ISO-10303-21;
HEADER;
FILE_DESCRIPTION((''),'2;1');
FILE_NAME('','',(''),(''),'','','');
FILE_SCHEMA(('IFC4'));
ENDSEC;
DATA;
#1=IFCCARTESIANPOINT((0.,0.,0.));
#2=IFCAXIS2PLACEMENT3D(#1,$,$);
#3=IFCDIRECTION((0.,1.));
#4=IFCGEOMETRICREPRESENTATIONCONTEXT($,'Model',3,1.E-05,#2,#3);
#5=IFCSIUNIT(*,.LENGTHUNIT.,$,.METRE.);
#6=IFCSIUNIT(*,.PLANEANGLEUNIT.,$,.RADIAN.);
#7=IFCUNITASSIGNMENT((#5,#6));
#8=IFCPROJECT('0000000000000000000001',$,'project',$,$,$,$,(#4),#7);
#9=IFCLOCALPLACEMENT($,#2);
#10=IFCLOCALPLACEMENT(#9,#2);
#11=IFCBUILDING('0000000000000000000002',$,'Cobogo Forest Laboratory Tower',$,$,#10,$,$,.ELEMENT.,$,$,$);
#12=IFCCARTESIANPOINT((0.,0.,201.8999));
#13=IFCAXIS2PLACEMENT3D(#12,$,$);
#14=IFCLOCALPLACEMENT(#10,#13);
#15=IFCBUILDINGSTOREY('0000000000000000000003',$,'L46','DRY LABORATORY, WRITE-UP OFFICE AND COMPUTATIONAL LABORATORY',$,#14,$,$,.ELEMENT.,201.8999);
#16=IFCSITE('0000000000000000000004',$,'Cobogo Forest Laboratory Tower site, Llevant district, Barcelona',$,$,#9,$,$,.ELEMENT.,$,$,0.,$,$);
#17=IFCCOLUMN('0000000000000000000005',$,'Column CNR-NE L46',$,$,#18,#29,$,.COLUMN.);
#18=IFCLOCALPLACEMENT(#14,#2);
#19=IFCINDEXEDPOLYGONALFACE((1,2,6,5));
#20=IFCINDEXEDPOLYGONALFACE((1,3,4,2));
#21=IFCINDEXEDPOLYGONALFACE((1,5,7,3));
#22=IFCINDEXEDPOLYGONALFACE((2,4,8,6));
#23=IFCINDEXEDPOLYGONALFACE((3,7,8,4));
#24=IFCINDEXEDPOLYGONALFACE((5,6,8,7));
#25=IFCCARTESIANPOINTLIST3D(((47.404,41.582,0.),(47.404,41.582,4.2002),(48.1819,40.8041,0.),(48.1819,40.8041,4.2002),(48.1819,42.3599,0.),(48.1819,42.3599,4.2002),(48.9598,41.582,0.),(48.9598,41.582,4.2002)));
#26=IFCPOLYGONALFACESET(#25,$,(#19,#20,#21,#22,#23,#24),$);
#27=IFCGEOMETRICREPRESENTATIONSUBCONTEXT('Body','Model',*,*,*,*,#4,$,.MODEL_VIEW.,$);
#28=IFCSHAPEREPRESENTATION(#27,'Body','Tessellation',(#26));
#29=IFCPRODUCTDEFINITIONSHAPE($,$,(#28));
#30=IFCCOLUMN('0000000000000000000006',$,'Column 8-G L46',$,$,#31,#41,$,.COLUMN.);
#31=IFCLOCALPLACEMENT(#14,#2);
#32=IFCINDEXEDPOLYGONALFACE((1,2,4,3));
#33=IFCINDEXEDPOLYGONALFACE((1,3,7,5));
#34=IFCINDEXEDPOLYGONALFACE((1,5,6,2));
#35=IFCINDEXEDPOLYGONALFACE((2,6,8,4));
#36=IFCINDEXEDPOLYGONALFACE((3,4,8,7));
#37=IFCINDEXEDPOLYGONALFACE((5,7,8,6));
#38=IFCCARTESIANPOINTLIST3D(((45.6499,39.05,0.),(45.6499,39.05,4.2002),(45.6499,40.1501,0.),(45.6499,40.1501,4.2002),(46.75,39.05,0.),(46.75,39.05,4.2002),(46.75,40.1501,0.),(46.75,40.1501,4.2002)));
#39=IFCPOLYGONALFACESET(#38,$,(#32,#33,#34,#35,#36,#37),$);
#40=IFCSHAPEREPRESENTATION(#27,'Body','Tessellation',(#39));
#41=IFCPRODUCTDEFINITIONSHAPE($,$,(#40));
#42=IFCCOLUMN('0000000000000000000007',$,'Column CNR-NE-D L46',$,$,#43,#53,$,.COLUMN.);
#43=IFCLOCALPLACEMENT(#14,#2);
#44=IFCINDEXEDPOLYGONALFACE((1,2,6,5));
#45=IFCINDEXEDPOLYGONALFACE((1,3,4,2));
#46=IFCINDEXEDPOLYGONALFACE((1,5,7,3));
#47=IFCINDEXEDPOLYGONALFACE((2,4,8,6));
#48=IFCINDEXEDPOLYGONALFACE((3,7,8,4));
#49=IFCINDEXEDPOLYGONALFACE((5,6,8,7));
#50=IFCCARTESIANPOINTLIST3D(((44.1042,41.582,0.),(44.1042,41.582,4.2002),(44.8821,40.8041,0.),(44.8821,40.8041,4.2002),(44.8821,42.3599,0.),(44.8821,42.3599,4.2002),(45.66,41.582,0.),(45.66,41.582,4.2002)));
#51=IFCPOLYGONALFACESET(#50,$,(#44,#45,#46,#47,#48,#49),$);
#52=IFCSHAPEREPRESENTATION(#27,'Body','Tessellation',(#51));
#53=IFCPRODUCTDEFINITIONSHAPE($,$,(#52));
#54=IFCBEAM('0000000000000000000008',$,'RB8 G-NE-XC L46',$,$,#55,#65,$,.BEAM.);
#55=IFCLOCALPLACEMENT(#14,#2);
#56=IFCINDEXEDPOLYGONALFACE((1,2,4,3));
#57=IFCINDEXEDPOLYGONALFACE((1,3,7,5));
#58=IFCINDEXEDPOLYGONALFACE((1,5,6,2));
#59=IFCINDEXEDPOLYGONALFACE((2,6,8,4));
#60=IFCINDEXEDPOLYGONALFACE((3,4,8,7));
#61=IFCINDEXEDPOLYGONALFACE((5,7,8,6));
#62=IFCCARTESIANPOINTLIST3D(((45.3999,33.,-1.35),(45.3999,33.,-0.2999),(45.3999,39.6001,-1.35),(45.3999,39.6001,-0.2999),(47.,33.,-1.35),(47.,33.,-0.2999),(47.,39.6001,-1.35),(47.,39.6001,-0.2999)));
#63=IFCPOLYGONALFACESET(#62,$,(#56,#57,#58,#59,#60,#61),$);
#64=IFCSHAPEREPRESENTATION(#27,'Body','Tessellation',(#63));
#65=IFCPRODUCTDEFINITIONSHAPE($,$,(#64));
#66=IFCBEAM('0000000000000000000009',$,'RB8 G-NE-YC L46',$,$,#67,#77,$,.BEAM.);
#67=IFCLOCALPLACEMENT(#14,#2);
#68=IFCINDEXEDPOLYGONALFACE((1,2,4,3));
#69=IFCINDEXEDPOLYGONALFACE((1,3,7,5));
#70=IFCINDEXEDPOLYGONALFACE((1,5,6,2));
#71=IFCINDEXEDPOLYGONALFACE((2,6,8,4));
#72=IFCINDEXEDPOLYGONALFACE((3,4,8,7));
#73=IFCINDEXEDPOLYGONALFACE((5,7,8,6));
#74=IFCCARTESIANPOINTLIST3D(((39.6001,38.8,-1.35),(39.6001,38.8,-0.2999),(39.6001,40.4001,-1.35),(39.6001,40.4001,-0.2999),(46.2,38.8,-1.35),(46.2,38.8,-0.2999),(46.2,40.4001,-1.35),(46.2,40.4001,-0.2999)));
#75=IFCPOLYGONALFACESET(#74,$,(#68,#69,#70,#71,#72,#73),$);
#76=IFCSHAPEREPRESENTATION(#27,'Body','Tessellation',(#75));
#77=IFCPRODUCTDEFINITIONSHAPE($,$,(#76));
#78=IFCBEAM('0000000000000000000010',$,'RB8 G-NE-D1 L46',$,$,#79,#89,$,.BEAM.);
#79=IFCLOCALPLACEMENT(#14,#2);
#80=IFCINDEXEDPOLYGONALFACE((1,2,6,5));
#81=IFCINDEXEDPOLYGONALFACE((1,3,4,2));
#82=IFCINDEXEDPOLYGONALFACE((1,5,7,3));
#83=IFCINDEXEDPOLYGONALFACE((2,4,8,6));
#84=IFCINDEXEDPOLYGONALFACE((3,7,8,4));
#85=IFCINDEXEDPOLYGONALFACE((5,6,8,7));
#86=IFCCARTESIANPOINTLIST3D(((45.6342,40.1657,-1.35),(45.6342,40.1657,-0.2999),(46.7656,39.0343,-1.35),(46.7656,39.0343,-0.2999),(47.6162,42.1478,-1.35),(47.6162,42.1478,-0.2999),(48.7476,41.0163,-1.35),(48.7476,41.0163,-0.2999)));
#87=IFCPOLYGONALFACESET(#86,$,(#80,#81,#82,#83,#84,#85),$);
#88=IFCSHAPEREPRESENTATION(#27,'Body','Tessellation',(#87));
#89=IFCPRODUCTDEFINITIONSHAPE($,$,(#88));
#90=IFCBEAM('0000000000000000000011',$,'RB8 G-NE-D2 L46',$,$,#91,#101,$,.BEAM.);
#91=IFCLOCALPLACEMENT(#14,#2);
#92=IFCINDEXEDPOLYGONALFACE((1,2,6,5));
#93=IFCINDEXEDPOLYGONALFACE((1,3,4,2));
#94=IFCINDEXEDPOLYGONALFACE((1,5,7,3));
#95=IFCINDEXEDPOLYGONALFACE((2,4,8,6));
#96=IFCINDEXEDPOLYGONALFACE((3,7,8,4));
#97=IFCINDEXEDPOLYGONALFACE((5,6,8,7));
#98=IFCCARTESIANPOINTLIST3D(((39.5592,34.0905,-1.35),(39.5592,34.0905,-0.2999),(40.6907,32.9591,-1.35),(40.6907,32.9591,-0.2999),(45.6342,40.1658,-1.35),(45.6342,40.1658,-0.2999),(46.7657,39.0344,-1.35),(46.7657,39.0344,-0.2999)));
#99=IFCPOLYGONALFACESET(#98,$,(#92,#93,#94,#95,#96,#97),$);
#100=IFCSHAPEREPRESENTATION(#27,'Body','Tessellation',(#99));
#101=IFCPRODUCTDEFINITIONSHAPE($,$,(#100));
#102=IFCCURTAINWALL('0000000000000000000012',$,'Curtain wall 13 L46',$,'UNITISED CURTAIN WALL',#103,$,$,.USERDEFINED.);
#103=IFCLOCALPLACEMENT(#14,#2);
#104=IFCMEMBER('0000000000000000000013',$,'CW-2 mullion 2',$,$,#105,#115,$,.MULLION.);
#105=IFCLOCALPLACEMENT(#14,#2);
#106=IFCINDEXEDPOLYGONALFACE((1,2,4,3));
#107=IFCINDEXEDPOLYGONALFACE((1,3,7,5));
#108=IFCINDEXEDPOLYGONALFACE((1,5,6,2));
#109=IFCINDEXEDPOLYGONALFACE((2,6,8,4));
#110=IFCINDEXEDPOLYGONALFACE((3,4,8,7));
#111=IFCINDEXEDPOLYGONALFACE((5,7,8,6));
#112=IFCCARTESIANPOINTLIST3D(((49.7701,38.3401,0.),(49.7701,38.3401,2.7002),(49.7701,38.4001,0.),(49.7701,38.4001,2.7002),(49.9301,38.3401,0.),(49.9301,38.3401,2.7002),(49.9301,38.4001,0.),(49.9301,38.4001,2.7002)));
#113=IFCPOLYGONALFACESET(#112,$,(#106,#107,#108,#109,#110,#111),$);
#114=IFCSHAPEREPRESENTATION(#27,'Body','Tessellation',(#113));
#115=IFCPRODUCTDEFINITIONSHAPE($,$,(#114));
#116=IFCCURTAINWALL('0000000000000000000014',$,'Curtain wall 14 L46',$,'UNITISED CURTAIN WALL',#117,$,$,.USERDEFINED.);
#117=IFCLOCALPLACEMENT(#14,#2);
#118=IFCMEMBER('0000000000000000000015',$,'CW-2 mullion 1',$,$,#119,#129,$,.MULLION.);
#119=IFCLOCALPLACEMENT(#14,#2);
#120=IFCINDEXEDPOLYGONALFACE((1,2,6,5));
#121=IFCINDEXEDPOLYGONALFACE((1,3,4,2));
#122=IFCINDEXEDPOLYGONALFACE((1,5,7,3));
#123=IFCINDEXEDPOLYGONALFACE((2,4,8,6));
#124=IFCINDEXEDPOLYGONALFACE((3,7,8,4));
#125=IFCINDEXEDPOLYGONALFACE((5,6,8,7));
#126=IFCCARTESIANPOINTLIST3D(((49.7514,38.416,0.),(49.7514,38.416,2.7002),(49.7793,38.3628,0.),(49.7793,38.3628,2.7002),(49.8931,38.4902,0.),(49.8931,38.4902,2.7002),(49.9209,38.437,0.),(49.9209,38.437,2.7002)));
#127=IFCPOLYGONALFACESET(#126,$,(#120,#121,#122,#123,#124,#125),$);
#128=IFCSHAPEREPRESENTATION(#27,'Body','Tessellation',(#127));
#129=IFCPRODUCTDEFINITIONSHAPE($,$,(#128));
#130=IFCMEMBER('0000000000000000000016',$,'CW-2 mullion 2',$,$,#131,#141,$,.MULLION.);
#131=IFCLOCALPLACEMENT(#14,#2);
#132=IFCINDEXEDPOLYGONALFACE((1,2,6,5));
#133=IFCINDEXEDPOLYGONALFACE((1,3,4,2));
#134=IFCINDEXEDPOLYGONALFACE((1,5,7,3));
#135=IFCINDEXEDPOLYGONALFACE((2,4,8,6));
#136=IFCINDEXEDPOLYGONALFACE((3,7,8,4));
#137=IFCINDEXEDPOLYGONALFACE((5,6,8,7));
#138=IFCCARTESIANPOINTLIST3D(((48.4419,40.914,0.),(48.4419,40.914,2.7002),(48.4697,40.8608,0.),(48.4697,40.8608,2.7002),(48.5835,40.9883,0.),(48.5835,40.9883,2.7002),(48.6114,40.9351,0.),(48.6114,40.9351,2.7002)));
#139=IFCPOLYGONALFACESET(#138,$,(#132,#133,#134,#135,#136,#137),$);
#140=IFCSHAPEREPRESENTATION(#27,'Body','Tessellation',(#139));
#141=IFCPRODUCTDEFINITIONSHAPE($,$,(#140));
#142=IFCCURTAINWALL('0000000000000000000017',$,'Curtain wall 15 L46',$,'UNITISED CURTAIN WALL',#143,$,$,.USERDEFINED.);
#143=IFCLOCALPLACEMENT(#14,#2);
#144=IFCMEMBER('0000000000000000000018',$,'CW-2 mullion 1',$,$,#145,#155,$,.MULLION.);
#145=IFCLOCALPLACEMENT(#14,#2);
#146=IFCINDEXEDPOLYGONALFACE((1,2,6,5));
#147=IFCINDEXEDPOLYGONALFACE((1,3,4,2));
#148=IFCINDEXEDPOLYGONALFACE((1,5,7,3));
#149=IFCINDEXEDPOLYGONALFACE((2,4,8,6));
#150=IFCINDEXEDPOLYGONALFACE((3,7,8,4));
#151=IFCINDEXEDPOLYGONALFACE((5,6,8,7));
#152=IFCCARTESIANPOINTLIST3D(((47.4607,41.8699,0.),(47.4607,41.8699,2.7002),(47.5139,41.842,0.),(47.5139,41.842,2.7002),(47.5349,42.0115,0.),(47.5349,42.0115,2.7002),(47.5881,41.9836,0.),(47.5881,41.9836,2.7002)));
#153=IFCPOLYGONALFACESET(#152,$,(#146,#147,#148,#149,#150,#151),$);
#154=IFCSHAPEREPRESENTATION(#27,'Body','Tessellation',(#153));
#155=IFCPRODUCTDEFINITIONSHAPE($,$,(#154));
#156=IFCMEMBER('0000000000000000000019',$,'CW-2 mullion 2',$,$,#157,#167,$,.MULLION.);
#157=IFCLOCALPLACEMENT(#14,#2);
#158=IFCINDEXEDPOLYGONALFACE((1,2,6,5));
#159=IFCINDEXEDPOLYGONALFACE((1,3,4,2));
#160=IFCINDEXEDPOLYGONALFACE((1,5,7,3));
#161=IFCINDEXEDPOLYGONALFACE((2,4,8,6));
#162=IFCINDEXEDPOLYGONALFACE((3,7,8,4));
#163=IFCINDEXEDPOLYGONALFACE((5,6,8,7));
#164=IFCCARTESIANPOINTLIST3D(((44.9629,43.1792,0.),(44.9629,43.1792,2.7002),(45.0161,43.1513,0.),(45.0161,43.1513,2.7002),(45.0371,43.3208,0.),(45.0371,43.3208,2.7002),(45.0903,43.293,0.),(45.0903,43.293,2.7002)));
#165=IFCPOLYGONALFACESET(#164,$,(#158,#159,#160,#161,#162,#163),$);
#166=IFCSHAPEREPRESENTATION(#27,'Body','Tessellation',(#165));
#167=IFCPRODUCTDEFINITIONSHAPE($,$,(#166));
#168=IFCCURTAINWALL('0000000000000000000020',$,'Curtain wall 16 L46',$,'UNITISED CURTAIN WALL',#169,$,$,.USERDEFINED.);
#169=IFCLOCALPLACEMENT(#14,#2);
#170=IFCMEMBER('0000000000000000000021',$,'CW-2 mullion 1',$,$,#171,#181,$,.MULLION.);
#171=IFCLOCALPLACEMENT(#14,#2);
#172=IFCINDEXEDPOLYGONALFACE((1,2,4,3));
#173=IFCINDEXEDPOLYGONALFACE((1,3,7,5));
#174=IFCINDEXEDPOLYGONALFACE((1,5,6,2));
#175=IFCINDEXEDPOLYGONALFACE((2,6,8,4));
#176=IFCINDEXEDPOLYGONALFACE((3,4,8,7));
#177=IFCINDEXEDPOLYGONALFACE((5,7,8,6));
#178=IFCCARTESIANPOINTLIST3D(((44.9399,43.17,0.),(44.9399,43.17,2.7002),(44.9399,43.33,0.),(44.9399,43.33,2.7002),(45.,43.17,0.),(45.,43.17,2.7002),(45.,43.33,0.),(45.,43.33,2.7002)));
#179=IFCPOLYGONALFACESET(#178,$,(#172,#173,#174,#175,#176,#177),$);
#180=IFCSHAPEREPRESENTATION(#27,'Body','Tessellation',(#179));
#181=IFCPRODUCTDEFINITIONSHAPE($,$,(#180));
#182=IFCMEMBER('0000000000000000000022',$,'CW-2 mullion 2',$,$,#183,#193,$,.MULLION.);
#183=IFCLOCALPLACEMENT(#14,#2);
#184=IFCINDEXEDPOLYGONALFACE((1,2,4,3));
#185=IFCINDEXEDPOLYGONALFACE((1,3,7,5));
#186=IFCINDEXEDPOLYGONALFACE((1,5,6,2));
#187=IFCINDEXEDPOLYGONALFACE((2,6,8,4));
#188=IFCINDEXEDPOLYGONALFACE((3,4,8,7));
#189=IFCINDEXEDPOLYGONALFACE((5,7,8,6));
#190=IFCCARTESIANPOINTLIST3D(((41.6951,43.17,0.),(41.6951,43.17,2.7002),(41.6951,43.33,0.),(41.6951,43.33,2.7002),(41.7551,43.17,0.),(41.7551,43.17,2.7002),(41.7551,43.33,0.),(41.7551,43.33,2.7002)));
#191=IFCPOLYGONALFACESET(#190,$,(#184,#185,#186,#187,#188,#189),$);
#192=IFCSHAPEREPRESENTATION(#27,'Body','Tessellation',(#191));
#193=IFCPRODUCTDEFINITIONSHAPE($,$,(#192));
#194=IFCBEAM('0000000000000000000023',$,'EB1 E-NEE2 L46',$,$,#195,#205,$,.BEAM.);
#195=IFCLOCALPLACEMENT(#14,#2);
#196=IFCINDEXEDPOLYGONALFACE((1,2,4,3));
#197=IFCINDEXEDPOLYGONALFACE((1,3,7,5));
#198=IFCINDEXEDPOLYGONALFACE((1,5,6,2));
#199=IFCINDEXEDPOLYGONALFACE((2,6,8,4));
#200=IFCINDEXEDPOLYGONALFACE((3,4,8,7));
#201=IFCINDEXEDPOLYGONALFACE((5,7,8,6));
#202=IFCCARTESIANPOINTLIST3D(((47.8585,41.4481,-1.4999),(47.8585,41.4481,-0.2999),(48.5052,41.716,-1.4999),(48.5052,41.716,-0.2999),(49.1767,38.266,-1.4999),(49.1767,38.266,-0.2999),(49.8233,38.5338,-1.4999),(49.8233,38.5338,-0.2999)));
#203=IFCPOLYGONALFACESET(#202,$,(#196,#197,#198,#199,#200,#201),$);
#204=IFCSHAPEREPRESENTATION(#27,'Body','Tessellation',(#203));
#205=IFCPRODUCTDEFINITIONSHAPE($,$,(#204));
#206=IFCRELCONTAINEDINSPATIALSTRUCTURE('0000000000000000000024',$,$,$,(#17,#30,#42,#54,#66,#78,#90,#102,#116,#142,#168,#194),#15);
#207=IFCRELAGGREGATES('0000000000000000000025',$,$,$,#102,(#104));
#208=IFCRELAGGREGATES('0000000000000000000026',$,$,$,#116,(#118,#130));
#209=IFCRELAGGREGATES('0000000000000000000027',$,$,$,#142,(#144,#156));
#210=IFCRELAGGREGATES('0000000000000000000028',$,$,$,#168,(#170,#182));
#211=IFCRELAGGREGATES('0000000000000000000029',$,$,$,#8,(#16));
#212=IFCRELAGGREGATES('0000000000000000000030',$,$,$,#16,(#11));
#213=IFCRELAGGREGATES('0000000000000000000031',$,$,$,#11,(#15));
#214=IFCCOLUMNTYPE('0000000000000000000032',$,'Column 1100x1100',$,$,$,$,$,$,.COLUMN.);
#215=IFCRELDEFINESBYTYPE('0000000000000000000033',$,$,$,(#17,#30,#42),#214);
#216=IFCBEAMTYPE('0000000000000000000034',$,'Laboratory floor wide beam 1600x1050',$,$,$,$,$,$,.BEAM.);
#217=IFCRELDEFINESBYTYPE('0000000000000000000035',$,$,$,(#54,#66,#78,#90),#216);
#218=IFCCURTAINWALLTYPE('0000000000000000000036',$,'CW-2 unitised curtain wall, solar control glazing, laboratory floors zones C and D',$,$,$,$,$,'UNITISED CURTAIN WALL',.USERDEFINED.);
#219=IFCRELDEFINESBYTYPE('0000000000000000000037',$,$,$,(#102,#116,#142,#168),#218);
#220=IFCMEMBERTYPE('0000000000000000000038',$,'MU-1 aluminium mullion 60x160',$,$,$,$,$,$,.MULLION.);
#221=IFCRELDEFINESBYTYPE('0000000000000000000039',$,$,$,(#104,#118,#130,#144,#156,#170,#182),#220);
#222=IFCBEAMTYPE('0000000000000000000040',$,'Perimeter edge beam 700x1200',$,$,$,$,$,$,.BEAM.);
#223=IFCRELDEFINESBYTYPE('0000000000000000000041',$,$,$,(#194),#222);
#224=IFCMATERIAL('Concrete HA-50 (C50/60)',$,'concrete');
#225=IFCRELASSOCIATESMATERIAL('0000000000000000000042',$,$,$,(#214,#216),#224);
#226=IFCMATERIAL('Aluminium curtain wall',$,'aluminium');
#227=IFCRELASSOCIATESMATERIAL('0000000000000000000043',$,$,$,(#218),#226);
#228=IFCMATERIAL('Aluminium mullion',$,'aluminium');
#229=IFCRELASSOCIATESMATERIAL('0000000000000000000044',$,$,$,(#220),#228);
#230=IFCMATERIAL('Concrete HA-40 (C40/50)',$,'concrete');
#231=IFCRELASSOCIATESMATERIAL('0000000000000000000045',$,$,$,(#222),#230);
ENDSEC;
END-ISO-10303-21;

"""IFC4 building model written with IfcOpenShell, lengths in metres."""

from ifc_helpers import new_model, si_unit, direction, frame, origin, origin_2d, place, context, subcontext, project, spatial, rectangle, extrude, material, material_profile, profile_set, type_object, element, aggregate, save


model = new_model("IFC4")

# Units and contexts
model_context = context("Model", 3, precision=1e-05, world=origin(), true_north=direction((0.0, 1.0)))
body_context = subcontext(model_context, "Body", "Model", "MODEL_VIEW")
ifc_project = project(units=[si_unit("LENGTHUNIT", "METRE"), si_unit("PLANEANGLEUNIT", "RADIAN")], contexts=[model_context])

# Site, building, storey
site_placement = place(None, origin())
site = spatial("IfcSite", under=ifc_project, at=site_placement, Name="Cobogo Forest Laboratory Tower site, Llevant district, Barcelona", CompositionType="ELEMENT", RefElevation=0.0)
building_placement = place(site_placement, origin())
building = spatial("IfcBuilding", under=site, at=building_placement, Name="Cobogo Forest Laboratory Tower", CompositionType="ELEMENT")
storey_placement = place(building_placement, frame((0.0, 0.0, 201.8999)))
storey = spatial("IfcBuildingStorey", under=building, at=storey_placement, Name="L46", Description="DRY LABORATORY, WRITE-UP OFFICE AND COMPUTATIONAL LABORATORY", CompositionType="ELEMENT", Elevation=201.8999)

# Columns
ifc_material_1 = material(Name="Concrete HA-50 (C50/60)", Category="concrete")
ifc_material_profile_1 = material_profile(ifc_material_1, rectangle(XDim=1.1001, YDim=1.1001, at=origin_2d()), Name="RC 1100x1100")
ifc_profile_set_1 = profile_set([ifc_material_profile_1], Name="Concrete HA-50 (C50/60)")
column_type = type_object("IfcColumnType", Name="Column 1100x1100", PredefinedType="COLUMN", material=ifc_profile_set_1)
for number, where, z_axis, x_axis, name in (
    (1, (48.1819, 41.582, 0.0), (0.0, 0.0, 1.0), (0.707107, 0.707107, 0.0), "Column CNR-NE L46"),
    (2, (46.2, 39.6001, 0.0), (0.0, 0.0, 1.0), (1.0, 0.0, 0.0), "Column 8-G L46"),
    (3, (44.8821, 41.582, 0.0), (0.0, 0.0, 1.0), (0.707107, 0.707107, 0.0), "Column CNR-NE-D L46"),
):
    element("IfcColumn", number, at=place(storey_placement, frame(where, z_axis=z_axis, x_axis=x_axis)), inside=storey, type_object=column_type, Name=name, PredefinedType="COLUMN", context=body_context, shape_type="SweptSolid", body=[
        extrude(rectangle(XDim=1.1001, YDim=1.1001, at=origin_2d()), origin(), (0.0, 0.0, 1.0), 4.2002),
    ])

# Beams
ifc_material_profile_2 = material_profile(ifc_material_1, rectangle(XDim=1.6001, YDim=1.05, at=origin_2d()), Name="RC 1600x1050")
ifc_profile_set_2 = profile_set([ifc_material_profile_2], Name="Concrete HA-50 (C50/60)")
beam_type_1 = type_object("IfcBeamType", Name="Laboratory floor wide beam 1600x1050", PredefinedType="BEAM", material=ifc_profile_set_2)
beam_1_placement = place(storey_placement, frame((46.2, 39.6001, -0.825), z_axis=(0.0, -1.0, 0.0), x_axis=(1.0, 0.0, 0.0)))
element("IfcBeam", 4, at=beam_1_placement, inside=storey, type_object=beam_type_1, Name="RB8 G-NE-XC L46", PredefinedType="BEAM", context=body_context, shape_type="SweptSolid", body=[
    extrude(rectangle(XDim=1.6001, YDim=1.05, at=origin_2d()), origin(), (0.0, 0.0, 1.0), 6.6001),
])
beam_2_placement = place(storey_placement, frame((46.2, 39.6001, -0.825), z_axis=(-1.0, 0.0, 0.0), x_axis=(0.0, -1.0, 0.0)))
element("IfcBeam", 5, at=beam_2_placement, inside=storey, type_object=beam_type_1, Name="RB8 G-NE-YC L46", PredefinedType="BEAM", context=body_context, shape_type="SweptSolid", body=[
    extrude(rectangle(XDim=1.6001, YDim=1.05, at=origin_2d()), origin(), (0.0, 0.0, 1.0), 6.5999),
])
beam_3_placement = place(storey_placement, frame((48.1819, 41.582, -0.825), z_axis=(-0.707107, -0.707107, 0.0), x_axis=(0.707107, -0.707107, 0.0)))
element("IfcBeam", 6, at=beam_3_placement, inside=storey, type_object=beam_type_1, Name="RB8 G-NE-D1 L46", PredefinedType="BEAM", context=body_context, shape_type="SweptSolid", body=[
    extrude(rectangle(XDim=1.6001, YDim=1.05, at=origin_2d()), origin(), (0.0, 0.0, 1.0), 2.803),
])
beam_4_placement = place(storey_placement, frame((46.2, 39.6001, -0.825), z_axis=(-0.707093, -0.707121, 0.0), x_axis=(0.707121, -0.707093, 0.0)))
element("IfcBeam", 7, at=beam_4_placement, inside=storey, type_object=beam_type_1, Name="RB8 G-NE-D2 L46", PredefinedType="BEAM", context=body_context, shape_type="SweptSolid", body=[
    extrude(rectangle(XDim=1.6001, YDim=1.05, at=origin_2d()), origin(), (0.0, 0.0, 1.0), 8.5916),
])

# Curtain wall, member
ifc_material_2 = material(Name="Aluminium curtain wall", Category="aluminium")
curtain_wall_type = type_object("IfcCurtainWallType", Name="CW-2 unitised curtain wall, solar control glazing, laboratory floors zones C and D", ElementType="UNITISED CURTAIN WALL", PredefinedType="USERDEFINED", material=ifc_material_2)
curtain_wall_1_placement = place(storey_placement, origin())
curtain_wall_1 = element("IfcCurtainWall", 8, at=curtain_wall_1_placement, inside=storey, type_object=curtain_wall_type, Name="Curtain wall 13 L46", ObjectType="UNITISED CURTAIN WALL", PredefinedType="USERDEFINED")
ifc_material_3 = material(Name="Aluminium mullion", Category="aluminium")
ifc_material_profile_3 = material_profile(ifc_material_3, rectangle(XDim=0.0601, YDim=0.1599, at=origin_2d()), Name="AL 60x160")
ifc_profile_set_3 = profile_set([ifc_material_profile_3], Name="Aluminium mullion")
member_type_1 = type_object("IfcMemberType", Name="MU-1 aluminium mullion 60x160", PredefinedType="MULLION", material=ifc_profile_set_3)
member_1_placement = place(storey_placement, frame((49.8501, 38.3701, 0.0), z_axis=(0.0, 0.0, 1.0), x_axis=(0.0, 1.0, 0.0)))
member_1 = element("IfcMember", 9, at=member_1_placement, type_object=member_type_1, Name="CW-2 mullion 2", PredefinedType="MULLION", context=body_context, shape_type="SweptSolid", body=[
    extrude(rectangle(XDim=0.0601, YDim=0.1599, at=origin_2d()), origin(), (0.0, 0.0, 1.0), 2.7002),
])
aggregate(curtain_wall_1, [member_1])

# Curtain walls, members
curtain_wall_2_placement = place(storey_placement, origin())
curtain_wall_2 = element("IfcCurtainWall", 10, at=curtain_wall_2_placement, inside=storey, type_object=curtain_wall_type, Name="Curtain wall 14 L46", ObjectType="UNITISED CURTAIN WALL", PredefinedType="USERDEFINED")
member_2_placement = place(storey_placement, frame((49.8362, 38.4265, 0.0), z_axis=(0.0, 0.0, 1.0), x_axis=(-0.464284, 0.885686, 0.0)))
member_2 = element("IfcMember", 11, at=member_2_placement, type_object=member_type_1, Name="CW-2 mullion 1", PredefinedType="MULLION", context=body_context, shape_type="SweptSolid", body=[
    extrude(rectangle(XDim=0.0601, YDim=0.1599, at=origin_2d()), origin(), (0.0, 0.0, 1.0), 2.7002),
])
member_3_placement = place(storey_placement, frame((48.5266, 40.9246, 0.0), z_axis=(0.0, 0.0, 1.0), x_axis=(-0.464284, 0.885686, 0.0)))
member_3 = element("IfcMember", 12, at=member_3_placement, type_object=member_type_1, Name="CW-2 mullion 2", PredefinedType="MULLION", context=body_context, shape_type="SweptSolid", body=[
    extrude(rectangle(XDim=0.0601, YDim=0.1599, at=origin_2d()), origin(), (0.0, 0.0, 1.0), 2.7002),
])
curtain_wall_3_placement = place(storey_placement, origin())
curtain_wall_3 = element("IfcCurtainWall", 13, at=curtain_wall_3_placement, inside=storey, type_object=curtain_wall_type, Name="Curtain wall 15 L46", ObjectType="UNITISED CURTAIN WALL", PredefinedType="USERDEFINED")
member_4_placement = place(storey_placement, frame((47.5244, 41.9268, 0.0), z_axis=(0.0, 0.0, 1.0), x_axis=(-0.885686, 0.464284, 0.0)))
member_4 = element("IfcMember", 14, at=member_4_placement, type_object=member_type_1, Name="CW-2 mullion 1", PredefinedType="MULLION", context=body_context, shape_type="SweptSolid", body=[
    extrude(rectangle(XDim=0.0601, YDim=0.1599, at=origin_2d()), origin(), (0.0, 0.0, 1.0), 2.7002),
])
member_5_placement = place(storey_placement, frame((45.0266, 43.2361, 0.0), z_axis=(0.0, 0.0, 1.0), x_axis=(-0.885686, 0.464284, 0.0)))
member_5 = element("IfcMember", 15, at=member_5_placement, type_object=member_type_1, Name="CW-2 mullion 2", PredefinedType="MULLION", context=body_context, shape_type="SweptSolid", body=[
    extrude(rectangle(XDim=0.0601, YDim=0.1599, at=origin_2d()), origin(), (0.0, 0.0, 1.0), 2.7002),
])
curtain_wall_4_placement = place(storey_placement, origin())
curtain_wall_4 = element("IfcCurtainWall", 16, at=curtain_wall_4_placement, inside=storey, type_object=curtain_wall_type, Name="Curtain wall 16 L46", ObjectType="UNITISED CURTAIN WALL", PredefinedType="USERDEFINED")
member_6_placement = place(storey_placement, frame((44.97, 43.25, 0.0), z_axis=(0.0, 0.0, 1.0), x_axis=(-1.0, 0.0, 0.0)))
member_6 = element("IfcMember", 17, at=member_6_placement, type_object=member_type_1, Name="CW-2 mullion 1", PredefinedType="MULLION", context=body_context, shape_type="SweptSolid", body=[
    extrude(rectangle(XDim=0.0601, YDim=0.1599, at=origin_2d()), origin(), (0.0, 0.0, 1.0), 2.7002),
])
member_7_placement = place(storey_placement, frame((41.7251, 43.25, 0.0), z_axis=(0.0, 0.0, 1.0), x_axis=(-1.0, 0.0, 0.0)))
member_7 = element("IfcMember", 18, at=member_7_placement, type_object=member_type_1, Name="CW-2 mullion 2", PredefinedType="MULLION", context=body_context, shape_type="SweptSolid", body=[
    extrude(rectangle(XDim=0.0601, YDim=0.1599, at=origin_2d()), origin(), (0.0, 0.0, 1.0), 2.7002),
])

# Beam
ifc_material_4 = material(Name="Concrete HA-40 (C40/50)", Category="concrete")
ifc_material_profile_4 = material_profile(ifc_material_4, rectangle(XDim=0.7, YDim=1.2, at=origin_2d()), Name="RC 700x1200")
ifc_profile_set_4 = profile_set([ifc_material_profile_4], Name="Concrete HA-40 (C40/50)")
beam_type_2 = type_object("IfcBeamType", Name="Perimeter edge beam 700x1200", PredefinedType="BEAM", material=ifc_profile_set_4)
beam_5_placement = place(storey_placement, frame((49.5, 38.3999, -0.8999), z_axis=(-0.382692, 0.923876, 0.0), x_axis=(-0.923876, -0.382692, 0.0)))
element("IfcBeam", 19, at=beam_5_placement, inside=storey, type_object=beam_type_2, Name="EB1 E-NEE2 L46", PredefinedType="BEAM", context=body_context, shape_type="SweptSolid", body=[
    extrude(rectangle(XDim=0.7, YDim=1.2, at=origin_2d()), origin(), (0.0, 0.0, 1.0), 3.4443),
])

aggregate(curtain_wall_2, [member_2, member_3])
aggregate(curtain_wall_3, [member_4, member_5])
aggregate(curtain_wall_4, [member_6, member_7])

save(model, "model.ifc")
